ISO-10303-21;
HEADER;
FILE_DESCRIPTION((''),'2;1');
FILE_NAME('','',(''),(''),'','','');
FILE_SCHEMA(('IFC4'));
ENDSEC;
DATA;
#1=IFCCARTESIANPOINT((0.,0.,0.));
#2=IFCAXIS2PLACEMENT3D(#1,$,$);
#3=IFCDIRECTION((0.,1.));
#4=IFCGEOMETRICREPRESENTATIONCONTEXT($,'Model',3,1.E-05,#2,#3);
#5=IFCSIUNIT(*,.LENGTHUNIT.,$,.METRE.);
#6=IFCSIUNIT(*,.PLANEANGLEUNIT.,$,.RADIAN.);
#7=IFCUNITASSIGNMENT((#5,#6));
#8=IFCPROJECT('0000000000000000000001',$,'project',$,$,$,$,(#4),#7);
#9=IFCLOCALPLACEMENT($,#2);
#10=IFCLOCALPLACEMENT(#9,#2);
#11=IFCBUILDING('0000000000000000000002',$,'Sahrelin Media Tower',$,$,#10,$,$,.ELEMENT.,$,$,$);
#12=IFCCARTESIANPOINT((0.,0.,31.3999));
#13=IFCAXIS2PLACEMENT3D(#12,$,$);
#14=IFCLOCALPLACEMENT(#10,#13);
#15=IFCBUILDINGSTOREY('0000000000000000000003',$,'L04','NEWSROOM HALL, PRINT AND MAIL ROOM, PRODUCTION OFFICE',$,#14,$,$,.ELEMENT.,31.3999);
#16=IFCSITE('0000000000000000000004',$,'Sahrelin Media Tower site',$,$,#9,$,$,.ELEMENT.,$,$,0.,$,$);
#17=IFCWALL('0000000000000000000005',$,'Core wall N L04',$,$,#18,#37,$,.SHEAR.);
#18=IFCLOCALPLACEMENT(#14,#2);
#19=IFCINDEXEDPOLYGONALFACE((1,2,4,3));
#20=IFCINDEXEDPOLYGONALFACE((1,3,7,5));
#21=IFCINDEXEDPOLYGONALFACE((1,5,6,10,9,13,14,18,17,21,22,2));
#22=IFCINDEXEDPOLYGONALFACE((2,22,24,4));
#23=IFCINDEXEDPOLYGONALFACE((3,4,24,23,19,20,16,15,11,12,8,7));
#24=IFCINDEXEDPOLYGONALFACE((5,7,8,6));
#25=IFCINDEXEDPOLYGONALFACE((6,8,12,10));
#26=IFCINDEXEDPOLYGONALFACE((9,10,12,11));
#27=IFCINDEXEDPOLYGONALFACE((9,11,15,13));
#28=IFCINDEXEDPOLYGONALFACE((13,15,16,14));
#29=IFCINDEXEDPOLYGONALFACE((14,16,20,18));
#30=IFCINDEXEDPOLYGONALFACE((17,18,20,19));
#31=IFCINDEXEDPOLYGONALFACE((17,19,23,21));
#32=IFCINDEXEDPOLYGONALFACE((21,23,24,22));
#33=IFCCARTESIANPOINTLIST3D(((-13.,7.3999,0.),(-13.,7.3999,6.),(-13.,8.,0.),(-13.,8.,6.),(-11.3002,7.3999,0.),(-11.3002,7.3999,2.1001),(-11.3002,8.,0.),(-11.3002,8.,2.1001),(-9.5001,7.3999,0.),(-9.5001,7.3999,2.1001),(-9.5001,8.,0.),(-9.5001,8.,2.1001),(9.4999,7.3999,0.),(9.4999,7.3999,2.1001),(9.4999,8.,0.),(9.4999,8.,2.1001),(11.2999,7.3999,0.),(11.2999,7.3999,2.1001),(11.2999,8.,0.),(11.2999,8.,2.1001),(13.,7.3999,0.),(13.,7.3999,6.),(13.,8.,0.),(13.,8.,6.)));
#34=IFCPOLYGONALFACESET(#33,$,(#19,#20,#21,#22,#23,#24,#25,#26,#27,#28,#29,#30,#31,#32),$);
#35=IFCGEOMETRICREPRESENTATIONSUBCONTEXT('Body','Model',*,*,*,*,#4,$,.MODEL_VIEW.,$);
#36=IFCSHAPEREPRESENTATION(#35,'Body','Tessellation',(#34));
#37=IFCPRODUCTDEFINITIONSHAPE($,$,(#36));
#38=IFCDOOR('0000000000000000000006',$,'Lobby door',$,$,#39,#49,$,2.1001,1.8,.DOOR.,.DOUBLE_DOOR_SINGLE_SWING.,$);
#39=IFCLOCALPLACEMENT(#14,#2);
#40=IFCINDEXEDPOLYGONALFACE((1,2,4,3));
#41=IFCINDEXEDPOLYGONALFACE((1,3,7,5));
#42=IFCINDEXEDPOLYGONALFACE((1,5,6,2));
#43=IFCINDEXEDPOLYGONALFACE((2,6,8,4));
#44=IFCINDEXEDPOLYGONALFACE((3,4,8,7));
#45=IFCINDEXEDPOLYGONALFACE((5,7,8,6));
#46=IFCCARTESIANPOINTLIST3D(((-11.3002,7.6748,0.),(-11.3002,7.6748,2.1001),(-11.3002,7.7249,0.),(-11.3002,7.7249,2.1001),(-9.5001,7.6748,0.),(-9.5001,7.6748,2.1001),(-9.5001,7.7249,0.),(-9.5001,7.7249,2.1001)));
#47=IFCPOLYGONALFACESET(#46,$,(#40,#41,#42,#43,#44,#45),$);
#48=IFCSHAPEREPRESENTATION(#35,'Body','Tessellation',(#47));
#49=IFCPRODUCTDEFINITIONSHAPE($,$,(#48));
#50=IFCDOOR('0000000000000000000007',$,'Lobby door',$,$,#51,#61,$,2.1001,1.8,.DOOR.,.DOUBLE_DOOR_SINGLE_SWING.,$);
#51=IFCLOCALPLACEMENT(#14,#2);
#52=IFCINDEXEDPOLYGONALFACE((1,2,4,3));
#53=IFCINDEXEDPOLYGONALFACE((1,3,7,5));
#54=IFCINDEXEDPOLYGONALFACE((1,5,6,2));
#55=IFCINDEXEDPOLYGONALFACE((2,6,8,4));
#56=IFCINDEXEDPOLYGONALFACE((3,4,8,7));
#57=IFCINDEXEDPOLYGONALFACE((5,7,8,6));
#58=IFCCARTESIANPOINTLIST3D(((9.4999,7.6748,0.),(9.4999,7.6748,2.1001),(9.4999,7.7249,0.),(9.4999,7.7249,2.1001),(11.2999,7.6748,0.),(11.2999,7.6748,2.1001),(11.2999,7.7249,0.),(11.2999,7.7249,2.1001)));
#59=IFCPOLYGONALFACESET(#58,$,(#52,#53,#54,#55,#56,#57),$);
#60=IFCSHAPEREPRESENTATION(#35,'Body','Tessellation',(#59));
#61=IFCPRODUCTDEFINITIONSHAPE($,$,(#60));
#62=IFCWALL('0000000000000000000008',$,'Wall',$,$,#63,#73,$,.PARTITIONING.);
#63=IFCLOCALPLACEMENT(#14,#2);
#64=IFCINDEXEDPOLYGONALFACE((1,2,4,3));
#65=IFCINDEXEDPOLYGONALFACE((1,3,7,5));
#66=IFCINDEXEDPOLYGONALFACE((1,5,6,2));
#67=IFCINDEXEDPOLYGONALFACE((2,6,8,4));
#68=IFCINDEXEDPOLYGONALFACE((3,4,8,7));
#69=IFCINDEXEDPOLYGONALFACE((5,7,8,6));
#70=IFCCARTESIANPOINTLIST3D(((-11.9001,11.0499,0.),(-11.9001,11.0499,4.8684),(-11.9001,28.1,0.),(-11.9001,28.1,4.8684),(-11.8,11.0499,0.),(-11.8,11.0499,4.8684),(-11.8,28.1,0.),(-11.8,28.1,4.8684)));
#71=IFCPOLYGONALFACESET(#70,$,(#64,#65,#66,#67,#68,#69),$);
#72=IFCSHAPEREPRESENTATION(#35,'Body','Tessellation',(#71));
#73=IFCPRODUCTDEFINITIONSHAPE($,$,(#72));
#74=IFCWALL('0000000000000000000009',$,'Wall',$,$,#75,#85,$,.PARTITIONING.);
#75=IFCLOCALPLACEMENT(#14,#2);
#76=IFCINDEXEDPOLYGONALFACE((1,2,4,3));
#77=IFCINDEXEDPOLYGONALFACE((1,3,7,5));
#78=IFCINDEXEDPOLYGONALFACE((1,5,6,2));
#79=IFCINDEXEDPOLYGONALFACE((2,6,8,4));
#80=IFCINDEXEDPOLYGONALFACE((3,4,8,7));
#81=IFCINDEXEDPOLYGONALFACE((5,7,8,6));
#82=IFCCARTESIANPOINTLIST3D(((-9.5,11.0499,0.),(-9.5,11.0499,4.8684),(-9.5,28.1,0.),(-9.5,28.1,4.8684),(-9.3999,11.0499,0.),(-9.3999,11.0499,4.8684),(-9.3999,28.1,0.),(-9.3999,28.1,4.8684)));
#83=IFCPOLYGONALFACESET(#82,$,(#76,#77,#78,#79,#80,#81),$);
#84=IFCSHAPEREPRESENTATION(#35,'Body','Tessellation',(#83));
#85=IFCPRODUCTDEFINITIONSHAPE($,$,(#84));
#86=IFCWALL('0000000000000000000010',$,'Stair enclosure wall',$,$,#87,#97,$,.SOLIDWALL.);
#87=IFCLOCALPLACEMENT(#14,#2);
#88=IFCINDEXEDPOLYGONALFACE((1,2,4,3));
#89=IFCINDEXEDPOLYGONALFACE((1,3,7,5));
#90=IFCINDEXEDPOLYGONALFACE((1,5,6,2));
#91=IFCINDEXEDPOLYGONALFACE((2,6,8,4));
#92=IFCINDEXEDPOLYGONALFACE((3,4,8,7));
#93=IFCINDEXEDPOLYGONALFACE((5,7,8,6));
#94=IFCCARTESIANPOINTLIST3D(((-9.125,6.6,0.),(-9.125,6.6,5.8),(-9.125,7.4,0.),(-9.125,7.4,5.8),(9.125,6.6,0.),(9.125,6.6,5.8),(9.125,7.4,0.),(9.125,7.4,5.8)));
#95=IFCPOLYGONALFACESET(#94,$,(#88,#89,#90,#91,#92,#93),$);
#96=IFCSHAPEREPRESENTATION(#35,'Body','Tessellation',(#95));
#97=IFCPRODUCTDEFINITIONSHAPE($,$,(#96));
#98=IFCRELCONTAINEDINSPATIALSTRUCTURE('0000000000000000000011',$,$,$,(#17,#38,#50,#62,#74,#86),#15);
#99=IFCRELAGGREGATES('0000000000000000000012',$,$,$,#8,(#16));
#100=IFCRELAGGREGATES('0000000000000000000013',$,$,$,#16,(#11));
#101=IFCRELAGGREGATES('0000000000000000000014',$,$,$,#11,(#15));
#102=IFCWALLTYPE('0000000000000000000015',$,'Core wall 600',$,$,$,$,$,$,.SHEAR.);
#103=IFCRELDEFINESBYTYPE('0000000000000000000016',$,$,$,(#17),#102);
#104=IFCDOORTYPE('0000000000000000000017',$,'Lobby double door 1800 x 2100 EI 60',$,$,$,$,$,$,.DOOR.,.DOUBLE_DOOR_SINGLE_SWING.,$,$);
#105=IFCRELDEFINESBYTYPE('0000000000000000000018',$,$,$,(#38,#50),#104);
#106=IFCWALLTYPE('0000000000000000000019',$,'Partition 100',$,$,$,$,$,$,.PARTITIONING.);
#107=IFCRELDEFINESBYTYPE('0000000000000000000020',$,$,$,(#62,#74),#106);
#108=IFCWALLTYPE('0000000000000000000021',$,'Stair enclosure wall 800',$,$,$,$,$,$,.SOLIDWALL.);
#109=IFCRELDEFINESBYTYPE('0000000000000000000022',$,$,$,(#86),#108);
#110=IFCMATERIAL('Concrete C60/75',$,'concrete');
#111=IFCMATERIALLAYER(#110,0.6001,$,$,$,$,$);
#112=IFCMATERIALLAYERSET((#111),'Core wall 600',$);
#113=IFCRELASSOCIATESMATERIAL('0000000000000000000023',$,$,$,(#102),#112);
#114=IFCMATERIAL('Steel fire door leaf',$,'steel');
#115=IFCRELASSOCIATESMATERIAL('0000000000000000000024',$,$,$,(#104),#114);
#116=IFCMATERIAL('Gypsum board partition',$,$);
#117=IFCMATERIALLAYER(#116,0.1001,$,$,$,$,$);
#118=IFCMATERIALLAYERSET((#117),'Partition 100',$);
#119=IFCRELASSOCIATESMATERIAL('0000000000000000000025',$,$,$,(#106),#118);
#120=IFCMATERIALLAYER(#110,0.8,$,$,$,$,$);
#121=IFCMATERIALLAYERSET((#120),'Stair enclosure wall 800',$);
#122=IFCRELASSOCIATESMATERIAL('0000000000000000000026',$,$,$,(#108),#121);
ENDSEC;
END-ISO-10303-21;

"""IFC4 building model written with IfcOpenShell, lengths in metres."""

from ifc_helpers import new_model, si_unit, direction, frame, frame_2d, origin, place, context, subcontext, project, spatial, rectangle, extrude, material, layer, layer_set, type_object, element, fill, save


model = new_model("IFC4")

# Units and contexts
model_context = context("Model", 3, precision=1e-05, world=origin(), true_north=direction((0.0, 1.0)))
body_context = subcontext(model_context, "Body", "Model", "MODEL_VIEW")
ifc_project = project(units=[si_unit("LENGTHUNIT", "METRE"), si_unit("PLANEANGLEUNIT", "RADIAN")], contexts=[model_context])

# Site, building, storey
site_placement = place(None, origin())
site = spatial("IfcSite", under=ifc_project, at=site_placement, Name="Sahrelin Media Tower site", CompositionType="ELEMENT", RefElevation=0.0)
building_placement = place(site_placement, origin())
building = spatial("IfcBuilding", under=site, at=building_placement, Name="Sahrelin Media Tower", CompositionType="ELEMENT")
storey_placement = place(building_placement, frame((0.0, 0.0, 31.3999)))
storey = spatial("IfcBuildingStorey", under=building, at=storey_placement, Name="L04", Description="NEWSROOM HALL, PRINT AND MAIL ROOM, PRODUCTION OFFICE", CompositionType="ELEMENT", Elevation=31.3999)

# Wall, openings, doors
ifc_material_1 = material(Name="Concrete C60/75", Category="concrete")
ifc_layer_1 = layer(ifc_material_1, 0.6001)
ifc_layer_set_1 = layer_set([ifc_layer_1], Name="Core wall 600")
wall_type_1 = type_object("IfcWallType", Name="Core wall 600", PredefinedType="SHEAR", material=ifc_layer_set_1)
wall_1_placement = place(storey_placement, frame((-13.0, 7.7, 0.0), z_axis=(0.0, 0.0, 1.0), x_axis=(1.0, 0.0, 0.0)))
wall_1 = element("IfcWall", 1, at=wall_1_placement, inside=storey, type_object=wall_type_1, Name="Core wall N L04", PredefinedType="SHEAR", context=body_context, shape_type="SweptSolid", body=[
    extrude(rectangle(XDim=26.0, YDim=0.6001, at=frame_2d((13.0, 0.0))), origin(), (0.0, 0.0, 1.0), 6.0),
])
opening_1_placement = place(wall_1_placement, frame((1.7, 0.0, 0.0)))
opening_1 = element("IfcOpeningElement", 2, at=opening_1_placement, cuts=wall_1, PredefinedType="OPENING", context=body_context, shape_type="SweptSolid", body=[
    extrude(rectangle(XDim=1.8, YDim=2.1001, at=frame_2d((0.8999, 1.05))), frame((0.0, 0.3, 0.0), z_axis=(0.0, -1.0, 0.0), x_axis=(1.0, 0.0, 0.0)), (0.0, 0.0, 1.0), 0.6001),
])
opening_2_placement = place(wall_1_placement, frame((22.5, 0.0, 0.0)))
opening_2 = element("IfcOpeningElement", 3, at=opening_2_placement, cuts=wall_1, PredefinedType="OPENING", context=body_context, shape_type="SweptSolid", body=[
    extrude(rectangle(XDim=1.8, YDim=2.1001, at=frame_2d((0.8999, 1.05))), frame((0.0, 0.3, 0.0), z_axis=(0.0, -1.0, 0.0), x_axis=(1.0, 0.0, 0.0)), (0.0, 0.0, 1.0), 0.6001),
])
ifc_material_2 = material(Name="Steel fire door leaf", Category="steel")
door_type = type_object("IfcDoorType", Name="Lobby double door 1800 x 2100 EI 60", OperationType="DOUBLE_DOOR_SINGLE_SWING", PredefinedType="DOOR", material=ifc_material_2)
door_1_placement = place(opening_1_placement, origin())
door_1 = element("IfcDoor", 4, at=door_1_placement, inside=storey, type_object=door_type, Name="Lobby door", OperationType="DOUBLE_DOOR_SINGLE_SWING", OverallHeight=2.1001, OverallWidth=1.8, PredefinedType="DOOR", context=body_context, shape_type="SweptSolid", body=[
    extrude(rectangle(XDim=1.8, YDim=2.1001, at=frame_2d((0.8999, 1.05))), frame((0.0, 0.0249, 0.0), z_axis=(0.0, -1.0, 0.0), x_axis=(1.0, 0.0, 0.0)), (0.0, 0.0, 1.0), 0.05),
])
fill(opening_1, door_1)
door_2_placement = place(opening_2_placement, origin())
door_2 = element("IfcDoor", 5, at=door_2_placement, inside=storey, type_object=door_type, Name="Lobby door", OperationType="DOUBLE_DOOR_SINGLE_SWING", OverallHeight=2.1001, OverallWidth=1.8, PredefinedType="DOOR", context=body_context, shape_type="SweptSolid", body=[
    extrude(rectangle(XDim=1.8, YDim=2.1001, at=frame_2d((0.8999, 1.05))), frame((0.0, 0.0249, 0.0), z_axis=(0.0, -1.0, 0.0), x_axis=(1.0, 0.0, 0.0)), (0.0, 0.0, 1.0), 0.05),
])
fill(opening_2, door_2)

# Walls
ifc_material_3 = material(Name="Gypsum board partition")
ifc_layer_2 = layer(ifc_material_3, 0.1001)
ifc_layer_set_2 = layer_set([ifc_layer_2], Name="Partition 100")
wall_type_2 = type_object("IfcWallType", Name="Partition 100", PredefinedType="PARTITIONING", material=ifc_layer_set_2)
for number, where, z_axis, x_axis, name in (
    (6, (-11.8501, 11.05, 0.0), (0.0, 0.0, 1.0), (0.0, 1.0, 0.0), "Wall"),
    (7, (-9.45, 11.05, 0.0), (0.0, 0.0, 1.0), (0.0, 1.0, 0.0), "Wall"),
):
    element("IfcWall", number, at=place(storey_placement, frame(where, z_axis=z_axis, x_axis=x_axis)), inside=storey, type_object=wall_type_2, Name=name, PredefinedType="PARTITIONING", context=body_context, shape_type="SweptSolid", body=[
        extrude(rectangle(XDim=17.05, YDim=0.1001, at=frame_2d((8.5249, 0.0))), origin(), (0.0, 0.0, 1.0), 4.8684),
    ])
ifc_layer_3 = layer(ifc_material_1, 0.8)
ifc_layer_set_3 = layer_set([ifc_layer_3], Name="Stair enclosure wall 800")
wall_type_3 = type_object("IfcWallType", Name="Stair enclosure wall 800", PredefinedType="SOLIDWALL", material=ifc_layer_set_3)
wall_2_placement = place(storey_placement, frame((-9.125, 7.0, 0.0), z_axis=(0.0, 0.0, 1.0), x_axis=(1.0, 0.0, 0.0)))
element("IfcWall", 8, at=wall_2_placement, inside=storey, type_object=wall_type_3, Name="Stair enclosure wall", PredefinedType="SOLIDWALL", context=body_context, shape_type="SweptSolid", body=[
    extrude(rectangle(XDim=18.25, YDim=0.8, at=frame_2d((9.125, 0.0))), origin(), (0.0, 0.0, 1.0), 5.8),
])

save(model, "model.ifc")
